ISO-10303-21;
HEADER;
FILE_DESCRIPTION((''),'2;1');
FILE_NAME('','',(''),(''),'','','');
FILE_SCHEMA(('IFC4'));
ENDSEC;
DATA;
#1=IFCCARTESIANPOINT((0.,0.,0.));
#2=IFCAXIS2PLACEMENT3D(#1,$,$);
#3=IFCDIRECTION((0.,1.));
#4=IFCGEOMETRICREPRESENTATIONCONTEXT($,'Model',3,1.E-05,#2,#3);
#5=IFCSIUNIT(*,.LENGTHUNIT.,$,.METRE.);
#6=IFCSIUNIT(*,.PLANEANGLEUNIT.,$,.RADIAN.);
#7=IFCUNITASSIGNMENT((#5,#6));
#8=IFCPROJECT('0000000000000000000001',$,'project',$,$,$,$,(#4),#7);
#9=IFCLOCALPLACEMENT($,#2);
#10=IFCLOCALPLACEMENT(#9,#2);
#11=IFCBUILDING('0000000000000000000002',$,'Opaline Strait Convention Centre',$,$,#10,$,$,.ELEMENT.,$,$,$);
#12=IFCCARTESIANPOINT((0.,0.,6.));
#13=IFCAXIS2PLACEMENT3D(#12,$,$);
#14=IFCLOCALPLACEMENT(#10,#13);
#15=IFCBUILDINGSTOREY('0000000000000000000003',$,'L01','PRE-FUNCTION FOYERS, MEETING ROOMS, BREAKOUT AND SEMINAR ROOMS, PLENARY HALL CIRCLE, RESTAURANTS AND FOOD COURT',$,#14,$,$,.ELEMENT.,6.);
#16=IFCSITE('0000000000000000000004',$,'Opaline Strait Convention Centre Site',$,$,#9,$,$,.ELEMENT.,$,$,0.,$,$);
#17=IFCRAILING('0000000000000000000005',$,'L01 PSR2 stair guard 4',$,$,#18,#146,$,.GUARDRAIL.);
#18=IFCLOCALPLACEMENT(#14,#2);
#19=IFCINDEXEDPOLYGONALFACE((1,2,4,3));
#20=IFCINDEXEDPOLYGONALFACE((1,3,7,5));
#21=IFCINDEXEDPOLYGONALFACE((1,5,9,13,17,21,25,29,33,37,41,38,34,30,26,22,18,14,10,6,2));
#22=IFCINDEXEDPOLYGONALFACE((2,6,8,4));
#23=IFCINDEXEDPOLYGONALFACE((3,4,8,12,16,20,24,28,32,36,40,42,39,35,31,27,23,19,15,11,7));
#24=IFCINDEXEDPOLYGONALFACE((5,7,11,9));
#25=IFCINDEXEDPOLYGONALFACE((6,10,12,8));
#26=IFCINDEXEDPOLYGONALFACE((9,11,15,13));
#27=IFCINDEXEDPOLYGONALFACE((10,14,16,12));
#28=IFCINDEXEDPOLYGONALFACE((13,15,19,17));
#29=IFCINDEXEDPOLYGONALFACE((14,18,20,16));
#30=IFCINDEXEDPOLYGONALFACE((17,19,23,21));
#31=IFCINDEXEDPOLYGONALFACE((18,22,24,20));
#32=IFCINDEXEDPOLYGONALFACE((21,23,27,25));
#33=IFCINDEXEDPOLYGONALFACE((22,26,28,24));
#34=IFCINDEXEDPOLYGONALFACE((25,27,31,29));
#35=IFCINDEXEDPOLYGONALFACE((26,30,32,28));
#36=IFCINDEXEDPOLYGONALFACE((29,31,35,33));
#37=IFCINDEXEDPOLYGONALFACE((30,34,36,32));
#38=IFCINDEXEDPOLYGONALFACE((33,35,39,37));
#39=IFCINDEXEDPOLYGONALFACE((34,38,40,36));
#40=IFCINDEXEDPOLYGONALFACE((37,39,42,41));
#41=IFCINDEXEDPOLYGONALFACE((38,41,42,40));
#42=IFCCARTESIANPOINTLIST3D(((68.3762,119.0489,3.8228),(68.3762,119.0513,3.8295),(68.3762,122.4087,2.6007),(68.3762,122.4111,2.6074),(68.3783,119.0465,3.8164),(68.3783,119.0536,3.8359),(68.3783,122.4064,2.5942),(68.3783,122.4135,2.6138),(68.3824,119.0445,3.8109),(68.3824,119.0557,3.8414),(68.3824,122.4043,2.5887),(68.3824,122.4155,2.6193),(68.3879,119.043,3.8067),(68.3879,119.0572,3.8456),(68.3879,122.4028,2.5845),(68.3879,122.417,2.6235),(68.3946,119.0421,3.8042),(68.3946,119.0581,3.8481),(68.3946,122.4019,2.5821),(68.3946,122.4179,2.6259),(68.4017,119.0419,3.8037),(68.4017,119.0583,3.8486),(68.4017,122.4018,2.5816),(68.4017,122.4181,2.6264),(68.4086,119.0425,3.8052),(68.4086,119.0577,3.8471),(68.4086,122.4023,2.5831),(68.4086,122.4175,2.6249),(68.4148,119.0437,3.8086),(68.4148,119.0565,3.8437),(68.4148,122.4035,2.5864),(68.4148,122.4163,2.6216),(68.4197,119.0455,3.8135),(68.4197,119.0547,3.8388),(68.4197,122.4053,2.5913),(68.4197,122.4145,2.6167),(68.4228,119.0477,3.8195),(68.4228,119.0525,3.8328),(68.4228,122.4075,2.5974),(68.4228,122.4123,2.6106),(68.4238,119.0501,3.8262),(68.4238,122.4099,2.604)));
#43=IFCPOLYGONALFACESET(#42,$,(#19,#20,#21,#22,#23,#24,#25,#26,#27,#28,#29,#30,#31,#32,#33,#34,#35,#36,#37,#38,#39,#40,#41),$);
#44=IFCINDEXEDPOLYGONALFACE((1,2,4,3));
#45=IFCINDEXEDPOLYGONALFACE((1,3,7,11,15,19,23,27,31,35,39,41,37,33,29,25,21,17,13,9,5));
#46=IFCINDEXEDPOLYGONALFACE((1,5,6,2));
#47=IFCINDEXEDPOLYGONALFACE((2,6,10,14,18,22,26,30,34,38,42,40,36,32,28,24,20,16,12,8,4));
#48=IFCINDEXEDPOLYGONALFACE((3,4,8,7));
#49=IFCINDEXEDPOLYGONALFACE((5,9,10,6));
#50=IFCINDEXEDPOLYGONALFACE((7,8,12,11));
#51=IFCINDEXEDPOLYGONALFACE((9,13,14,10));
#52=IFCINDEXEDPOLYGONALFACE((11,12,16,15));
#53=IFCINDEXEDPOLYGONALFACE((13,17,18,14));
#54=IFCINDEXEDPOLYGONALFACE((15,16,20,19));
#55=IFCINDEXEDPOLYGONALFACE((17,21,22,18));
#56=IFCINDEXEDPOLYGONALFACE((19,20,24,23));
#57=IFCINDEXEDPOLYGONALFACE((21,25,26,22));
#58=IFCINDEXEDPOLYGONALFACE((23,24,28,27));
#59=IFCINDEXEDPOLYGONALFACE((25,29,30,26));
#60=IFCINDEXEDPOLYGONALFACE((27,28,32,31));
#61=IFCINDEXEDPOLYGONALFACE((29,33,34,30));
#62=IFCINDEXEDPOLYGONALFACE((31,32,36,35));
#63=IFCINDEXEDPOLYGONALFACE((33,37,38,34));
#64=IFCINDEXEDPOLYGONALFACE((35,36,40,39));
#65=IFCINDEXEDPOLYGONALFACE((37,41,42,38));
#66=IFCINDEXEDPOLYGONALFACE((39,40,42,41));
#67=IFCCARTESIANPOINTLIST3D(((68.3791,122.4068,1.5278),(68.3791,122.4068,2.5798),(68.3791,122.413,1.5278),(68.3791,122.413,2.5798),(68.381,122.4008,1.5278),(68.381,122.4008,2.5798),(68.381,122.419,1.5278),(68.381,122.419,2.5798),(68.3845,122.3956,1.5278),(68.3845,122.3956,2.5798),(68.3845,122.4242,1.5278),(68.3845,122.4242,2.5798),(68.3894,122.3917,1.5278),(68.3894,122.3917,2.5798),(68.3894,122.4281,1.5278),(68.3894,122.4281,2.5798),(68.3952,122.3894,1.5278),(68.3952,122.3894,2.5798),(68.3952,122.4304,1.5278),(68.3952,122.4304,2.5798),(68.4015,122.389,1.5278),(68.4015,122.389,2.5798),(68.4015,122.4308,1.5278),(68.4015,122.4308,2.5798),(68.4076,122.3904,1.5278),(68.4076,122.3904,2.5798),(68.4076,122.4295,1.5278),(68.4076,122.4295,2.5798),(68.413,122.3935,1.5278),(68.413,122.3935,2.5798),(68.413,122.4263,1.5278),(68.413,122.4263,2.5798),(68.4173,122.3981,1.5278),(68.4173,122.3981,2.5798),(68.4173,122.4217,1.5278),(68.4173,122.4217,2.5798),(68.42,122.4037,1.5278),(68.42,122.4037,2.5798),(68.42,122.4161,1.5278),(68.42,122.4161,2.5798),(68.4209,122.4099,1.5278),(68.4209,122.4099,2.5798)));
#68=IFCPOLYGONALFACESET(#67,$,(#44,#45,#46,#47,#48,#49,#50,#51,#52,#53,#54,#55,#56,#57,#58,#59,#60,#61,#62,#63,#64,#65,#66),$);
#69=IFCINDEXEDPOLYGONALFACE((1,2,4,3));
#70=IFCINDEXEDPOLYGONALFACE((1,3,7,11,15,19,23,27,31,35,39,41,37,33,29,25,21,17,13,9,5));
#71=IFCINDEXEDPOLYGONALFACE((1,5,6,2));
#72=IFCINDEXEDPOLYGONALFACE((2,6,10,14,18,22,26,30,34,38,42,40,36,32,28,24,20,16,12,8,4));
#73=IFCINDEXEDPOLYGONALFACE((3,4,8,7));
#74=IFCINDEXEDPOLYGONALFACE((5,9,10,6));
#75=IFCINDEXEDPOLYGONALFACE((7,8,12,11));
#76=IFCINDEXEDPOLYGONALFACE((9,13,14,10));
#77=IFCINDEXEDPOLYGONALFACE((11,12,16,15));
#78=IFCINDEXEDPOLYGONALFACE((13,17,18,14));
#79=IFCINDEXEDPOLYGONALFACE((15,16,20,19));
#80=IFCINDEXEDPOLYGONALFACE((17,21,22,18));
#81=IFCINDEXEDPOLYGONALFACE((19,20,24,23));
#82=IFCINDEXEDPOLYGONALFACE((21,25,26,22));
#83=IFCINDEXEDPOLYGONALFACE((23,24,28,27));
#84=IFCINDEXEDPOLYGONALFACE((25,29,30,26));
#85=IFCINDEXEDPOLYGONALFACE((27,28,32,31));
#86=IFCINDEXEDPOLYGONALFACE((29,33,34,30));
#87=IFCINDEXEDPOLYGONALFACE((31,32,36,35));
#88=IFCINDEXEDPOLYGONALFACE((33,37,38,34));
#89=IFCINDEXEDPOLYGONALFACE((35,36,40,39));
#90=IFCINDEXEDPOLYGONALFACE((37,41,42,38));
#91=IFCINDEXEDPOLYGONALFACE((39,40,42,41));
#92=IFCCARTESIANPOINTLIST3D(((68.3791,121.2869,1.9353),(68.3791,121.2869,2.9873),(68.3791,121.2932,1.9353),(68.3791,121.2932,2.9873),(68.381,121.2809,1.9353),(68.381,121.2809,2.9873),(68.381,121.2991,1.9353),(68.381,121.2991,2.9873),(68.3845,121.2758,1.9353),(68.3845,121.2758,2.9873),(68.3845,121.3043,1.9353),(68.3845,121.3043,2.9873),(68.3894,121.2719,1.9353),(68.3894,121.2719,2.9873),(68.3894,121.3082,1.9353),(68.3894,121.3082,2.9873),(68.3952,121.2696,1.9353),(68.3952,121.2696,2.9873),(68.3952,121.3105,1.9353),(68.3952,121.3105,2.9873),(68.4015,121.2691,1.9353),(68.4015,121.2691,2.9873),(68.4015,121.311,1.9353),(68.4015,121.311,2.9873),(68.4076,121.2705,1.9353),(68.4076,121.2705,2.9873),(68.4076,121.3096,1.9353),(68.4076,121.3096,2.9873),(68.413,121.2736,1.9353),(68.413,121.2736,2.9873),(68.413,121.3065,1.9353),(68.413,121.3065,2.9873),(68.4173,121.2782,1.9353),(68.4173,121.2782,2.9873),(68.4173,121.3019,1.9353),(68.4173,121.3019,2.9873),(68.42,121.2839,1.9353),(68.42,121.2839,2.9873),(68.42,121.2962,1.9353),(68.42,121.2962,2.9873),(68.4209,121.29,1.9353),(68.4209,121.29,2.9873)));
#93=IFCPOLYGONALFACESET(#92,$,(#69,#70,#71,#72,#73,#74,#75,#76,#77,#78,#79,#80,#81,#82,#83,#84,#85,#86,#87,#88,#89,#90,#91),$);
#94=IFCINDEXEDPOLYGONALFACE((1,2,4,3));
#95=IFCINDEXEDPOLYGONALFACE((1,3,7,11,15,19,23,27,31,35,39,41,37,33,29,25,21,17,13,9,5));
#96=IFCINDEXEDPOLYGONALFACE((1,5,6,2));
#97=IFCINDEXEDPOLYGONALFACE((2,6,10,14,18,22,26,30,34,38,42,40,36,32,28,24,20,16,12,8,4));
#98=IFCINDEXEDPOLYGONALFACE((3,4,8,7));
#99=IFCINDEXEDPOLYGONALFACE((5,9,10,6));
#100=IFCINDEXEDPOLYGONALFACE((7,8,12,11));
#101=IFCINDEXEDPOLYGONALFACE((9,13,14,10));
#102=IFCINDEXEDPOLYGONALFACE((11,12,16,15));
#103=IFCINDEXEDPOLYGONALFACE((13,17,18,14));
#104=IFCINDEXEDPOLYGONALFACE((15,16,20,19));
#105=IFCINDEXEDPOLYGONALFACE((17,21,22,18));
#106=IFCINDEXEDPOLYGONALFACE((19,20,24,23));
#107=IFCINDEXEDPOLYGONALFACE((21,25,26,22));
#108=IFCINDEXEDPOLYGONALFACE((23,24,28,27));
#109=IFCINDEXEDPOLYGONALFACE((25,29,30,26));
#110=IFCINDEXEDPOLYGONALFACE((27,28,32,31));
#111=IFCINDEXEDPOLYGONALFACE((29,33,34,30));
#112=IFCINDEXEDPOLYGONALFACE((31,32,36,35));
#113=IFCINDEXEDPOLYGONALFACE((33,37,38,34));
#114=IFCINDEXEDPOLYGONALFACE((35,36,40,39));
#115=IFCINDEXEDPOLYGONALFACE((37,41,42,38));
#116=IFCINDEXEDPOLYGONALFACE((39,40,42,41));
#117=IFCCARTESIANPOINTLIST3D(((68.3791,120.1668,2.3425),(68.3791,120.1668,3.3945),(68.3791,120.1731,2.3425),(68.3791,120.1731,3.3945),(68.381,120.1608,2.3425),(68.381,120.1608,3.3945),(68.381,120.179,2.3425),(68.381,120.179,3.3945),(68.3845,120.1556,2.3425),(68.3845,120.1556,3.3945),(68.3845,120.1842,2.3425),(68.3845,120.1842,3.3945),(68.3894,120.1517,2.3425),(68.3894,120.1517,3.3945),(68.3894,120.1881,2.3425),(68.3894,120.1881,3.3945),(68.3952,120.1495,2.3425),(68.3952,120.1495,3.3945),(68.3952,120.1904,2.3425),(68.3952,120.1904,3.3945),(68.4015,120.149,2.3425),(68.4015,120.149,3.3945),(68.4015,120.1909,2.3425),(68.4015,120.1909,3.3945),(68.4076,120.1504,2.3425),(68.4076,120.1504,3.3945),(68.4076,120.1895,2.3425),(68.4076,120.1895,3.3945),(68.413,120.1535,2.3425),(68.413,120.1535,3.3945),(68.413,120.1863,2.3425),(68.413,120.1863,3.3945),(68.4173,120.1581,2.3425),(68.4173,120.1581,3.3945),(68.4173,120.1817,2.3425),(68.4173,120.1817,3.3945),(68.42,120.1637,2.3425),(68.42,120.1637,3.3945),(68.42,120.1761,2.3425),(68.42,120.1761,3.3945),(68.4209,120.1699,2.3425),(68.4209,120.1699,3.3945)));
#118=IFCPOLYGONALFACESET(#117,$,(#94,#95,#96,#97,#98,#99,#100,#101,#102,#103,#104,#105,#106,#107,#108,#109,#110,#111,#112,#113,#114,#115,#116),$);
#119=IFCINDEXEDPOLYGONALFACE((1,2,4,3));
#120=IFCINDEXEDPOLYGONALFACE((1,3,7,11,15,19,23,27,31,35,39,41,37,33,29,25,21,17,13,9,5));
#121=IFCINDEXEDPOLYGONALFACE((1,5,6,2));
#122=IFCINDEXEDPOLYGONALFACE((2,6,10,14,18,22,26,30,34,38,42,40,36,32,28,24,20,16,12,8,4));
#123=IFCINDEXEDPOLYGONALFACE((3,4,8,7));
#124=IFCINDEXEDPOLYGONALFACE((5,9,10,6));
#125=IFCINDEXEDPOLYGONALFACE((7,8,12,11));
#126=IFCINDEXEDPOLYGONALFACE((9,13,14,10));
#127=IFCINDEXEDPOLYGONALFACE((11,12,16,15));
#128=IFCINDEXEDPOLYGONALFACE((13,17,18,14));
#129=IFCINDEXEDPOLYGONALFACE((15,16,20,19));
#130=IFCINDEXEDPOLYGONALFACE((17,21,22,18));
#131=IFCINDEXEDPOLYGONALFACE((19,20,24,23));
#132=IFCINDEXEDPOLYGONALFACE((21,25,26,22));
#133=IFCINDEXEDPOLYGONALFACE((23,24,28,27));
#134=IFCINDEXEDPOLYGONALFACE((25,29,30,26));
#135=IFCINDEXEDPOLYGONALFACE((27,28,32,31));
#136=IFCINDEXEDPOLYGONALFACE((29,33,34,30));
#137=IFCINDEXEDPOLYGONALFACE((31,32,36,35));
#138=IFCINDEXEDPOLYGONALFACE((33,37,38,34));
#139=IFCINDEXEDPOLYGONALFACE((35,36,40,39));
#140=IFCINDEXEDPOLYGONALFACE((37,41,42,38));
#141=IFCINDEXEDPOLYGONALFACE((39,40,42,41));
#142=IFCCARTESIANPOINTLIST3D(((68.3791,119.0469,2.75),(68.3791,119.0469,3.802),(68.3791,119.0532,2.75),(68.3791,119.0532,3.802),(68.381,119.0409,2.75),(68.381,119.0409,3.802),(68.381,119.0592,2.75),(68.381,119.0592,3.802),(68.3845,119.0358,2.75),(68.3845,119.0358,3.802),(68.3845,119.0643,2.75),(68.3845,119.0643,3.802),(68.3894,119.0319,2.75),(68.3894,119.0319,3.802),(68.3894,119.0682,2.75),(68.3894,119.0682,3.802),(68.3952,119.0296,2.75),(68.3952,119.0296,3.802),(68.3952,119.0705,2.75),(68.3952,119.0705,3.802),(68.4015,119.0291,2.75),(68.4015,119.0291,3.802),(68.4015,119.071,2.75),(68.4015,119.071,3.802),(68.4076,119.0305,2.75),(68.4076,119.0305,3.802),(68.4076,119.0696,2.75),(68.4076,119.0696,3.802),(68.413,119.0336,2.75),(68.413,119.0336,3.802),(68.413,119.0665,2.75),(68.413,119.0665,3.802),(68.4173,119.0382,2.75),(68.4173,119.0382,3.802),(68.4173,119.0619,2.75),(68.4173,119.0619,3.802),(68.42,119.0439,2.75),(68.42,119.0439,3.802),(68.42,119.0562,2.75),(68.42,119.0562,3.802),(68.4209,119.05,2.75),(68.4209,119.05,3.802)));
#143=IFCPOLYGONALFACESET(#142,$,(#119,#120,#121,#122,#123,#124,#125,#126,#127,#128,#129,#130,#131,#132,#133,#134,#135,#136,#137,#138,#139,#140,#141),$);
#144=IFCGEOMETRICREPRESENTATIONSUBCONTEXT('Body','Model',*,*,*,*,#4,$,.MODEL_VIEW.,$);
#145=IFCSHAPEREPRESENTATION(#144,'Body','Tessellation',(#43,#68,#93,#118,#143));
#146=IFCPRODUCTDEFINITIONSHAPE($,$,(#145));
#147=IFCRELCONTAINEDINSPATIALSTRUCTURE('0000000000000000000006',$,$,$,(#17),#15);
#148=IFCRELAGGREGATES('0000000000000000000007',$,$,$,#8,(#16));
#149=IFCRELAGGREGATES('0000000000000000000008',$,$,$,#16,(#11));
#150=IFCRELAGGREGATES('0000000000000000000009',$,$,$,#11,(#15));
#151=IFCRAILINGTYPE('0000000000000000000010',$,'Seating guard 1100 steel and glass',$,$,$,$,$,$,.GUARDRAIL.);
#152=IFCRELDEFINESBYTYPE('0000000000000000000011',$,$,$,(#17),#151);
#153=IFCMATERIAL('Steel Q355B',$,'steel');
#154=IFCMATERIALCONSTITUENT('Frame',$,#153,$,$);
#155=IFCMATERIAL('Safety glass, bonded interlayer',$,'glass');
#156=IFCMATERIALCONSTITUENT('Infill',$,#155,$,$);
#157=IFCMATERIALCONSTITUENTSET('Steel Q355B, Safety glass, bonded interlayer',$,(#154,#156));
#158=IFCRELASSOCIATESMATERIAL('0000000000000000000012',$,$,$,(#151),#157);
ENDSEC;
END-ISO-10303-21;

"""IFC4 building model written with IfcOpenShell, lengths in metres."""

from ifc_helpers import new_model, si_unit, direction, frame, origin, origin_2d, place, context, subcontext, project, spatial, circle, extrude, material, constituent, constituent_set, type_object, element, save


model = new_model("IFC4")

# Units and contexts
model_context = context("Model", 3, precision=1e-05, world=origin(), true_north=direction((0.0, 1.0)))
body_context = subcontext(model_context, "Body", "Model", "MODEL_VIEW")
ifc_project = project(units=[si_unit("LENGTHUNIT", "METRE"), si_unit("PLANEANGLEUNIT", "RADIAN")], contexts=[model_context])

# Site, building, storey
site_placement = place(None, origin())
site = spatial("IfcSite", under=ifc_project, at=site_placement, Name="Opaline Strait Convention Centre Site", CompositionType="ELEMENT", RefElevation=0.0)
building_placement = place(site_placement, origin())
building = spatial("IfcBuilding", under=site, at=building_placement, Name="Opaline Strait Convention Centre", CompositionType="ELEMENT")
storey_placement = place(building_placement, frame((0.0, 0.0, 6.0)))
storey = spatial("IfcBuildingStorey", under=building, at=storey_placement, Name="L01", Description="PRE-FUNCTION FOYERS, MEETING ROOMS, BREAKOUT AND SEMINAR ROOMS, PLENARY HALL CIRCLE, RESTAURANTS AND FOOD COURT", CompositionType="ELEMENT", Elevation=6.0)

# Railing
ifc_material_1 = material(Name="Steel Q355B", Category="steel")
ifc_constituent_1 = constituent(ifc_material_1, Name="Frame")
ifc_material_2 = material(Name="Safety glass, bonded interlayer", Category="glass")
ifc_constituent_2 = constituent(ifc_material_2, Name="Infill")
ifc_constituent_set_1 = constituent_set(constituents=[ifc_constituent_1, ifc_constituent_2], Name="Steel Q355B, Safety glass, bonded interlayer")
railing_type_1 = type_object("IfcRailingType", Name="Seating guard 1100 steel and glass", PredefinedType="GUARDRAIL", material=ifc_constituent_set_1)
railing_1_placement = place(storey_placement, frame((68.3999, 122.4099, 1.5278)))
element("IfcRailing", 1, at=railing_1_placement, inside=storey, type_object=railing_type_1, Name="L01 PSR2 stair guard 4", PredefinedType="GUARDRAIL", context=body_context, shape_type="SweptSolid", body=[
    extrude(circle(Radius=0.0239, at=origin_2d()), frame((0.0, 0.0, 1.0762), z_axis=(0.0, -0.939758, 0.341842), x_axis=(1.0, 0.0, 0.0)), (0.0, 0.0, 1.0), 3.5752),
    extrude(circle(Radius=0.021, at=origin_2d()), origin(), (0.0, 0.0, 1.0), 1.052),
    extrude(circle(Radius=0.021, at=origin_2d()), frame((0.0, -1.1199, 0.4075)), (0.0, 0.0, 1.0), 1.052),
    extrude(circle(Radius=0.021, at=origin_2d()), frame((0.0, -2.24, 0.8147)), (0.0, 0.0, 1.0), 1.052),
    extrude(circle(Radius=0.021, at=origin_2d()), frame((0.0, -3.3599, 1.2222)), (0.0, 0.0, 1.0), 1.052),
])

save(model, "model.ifc")
